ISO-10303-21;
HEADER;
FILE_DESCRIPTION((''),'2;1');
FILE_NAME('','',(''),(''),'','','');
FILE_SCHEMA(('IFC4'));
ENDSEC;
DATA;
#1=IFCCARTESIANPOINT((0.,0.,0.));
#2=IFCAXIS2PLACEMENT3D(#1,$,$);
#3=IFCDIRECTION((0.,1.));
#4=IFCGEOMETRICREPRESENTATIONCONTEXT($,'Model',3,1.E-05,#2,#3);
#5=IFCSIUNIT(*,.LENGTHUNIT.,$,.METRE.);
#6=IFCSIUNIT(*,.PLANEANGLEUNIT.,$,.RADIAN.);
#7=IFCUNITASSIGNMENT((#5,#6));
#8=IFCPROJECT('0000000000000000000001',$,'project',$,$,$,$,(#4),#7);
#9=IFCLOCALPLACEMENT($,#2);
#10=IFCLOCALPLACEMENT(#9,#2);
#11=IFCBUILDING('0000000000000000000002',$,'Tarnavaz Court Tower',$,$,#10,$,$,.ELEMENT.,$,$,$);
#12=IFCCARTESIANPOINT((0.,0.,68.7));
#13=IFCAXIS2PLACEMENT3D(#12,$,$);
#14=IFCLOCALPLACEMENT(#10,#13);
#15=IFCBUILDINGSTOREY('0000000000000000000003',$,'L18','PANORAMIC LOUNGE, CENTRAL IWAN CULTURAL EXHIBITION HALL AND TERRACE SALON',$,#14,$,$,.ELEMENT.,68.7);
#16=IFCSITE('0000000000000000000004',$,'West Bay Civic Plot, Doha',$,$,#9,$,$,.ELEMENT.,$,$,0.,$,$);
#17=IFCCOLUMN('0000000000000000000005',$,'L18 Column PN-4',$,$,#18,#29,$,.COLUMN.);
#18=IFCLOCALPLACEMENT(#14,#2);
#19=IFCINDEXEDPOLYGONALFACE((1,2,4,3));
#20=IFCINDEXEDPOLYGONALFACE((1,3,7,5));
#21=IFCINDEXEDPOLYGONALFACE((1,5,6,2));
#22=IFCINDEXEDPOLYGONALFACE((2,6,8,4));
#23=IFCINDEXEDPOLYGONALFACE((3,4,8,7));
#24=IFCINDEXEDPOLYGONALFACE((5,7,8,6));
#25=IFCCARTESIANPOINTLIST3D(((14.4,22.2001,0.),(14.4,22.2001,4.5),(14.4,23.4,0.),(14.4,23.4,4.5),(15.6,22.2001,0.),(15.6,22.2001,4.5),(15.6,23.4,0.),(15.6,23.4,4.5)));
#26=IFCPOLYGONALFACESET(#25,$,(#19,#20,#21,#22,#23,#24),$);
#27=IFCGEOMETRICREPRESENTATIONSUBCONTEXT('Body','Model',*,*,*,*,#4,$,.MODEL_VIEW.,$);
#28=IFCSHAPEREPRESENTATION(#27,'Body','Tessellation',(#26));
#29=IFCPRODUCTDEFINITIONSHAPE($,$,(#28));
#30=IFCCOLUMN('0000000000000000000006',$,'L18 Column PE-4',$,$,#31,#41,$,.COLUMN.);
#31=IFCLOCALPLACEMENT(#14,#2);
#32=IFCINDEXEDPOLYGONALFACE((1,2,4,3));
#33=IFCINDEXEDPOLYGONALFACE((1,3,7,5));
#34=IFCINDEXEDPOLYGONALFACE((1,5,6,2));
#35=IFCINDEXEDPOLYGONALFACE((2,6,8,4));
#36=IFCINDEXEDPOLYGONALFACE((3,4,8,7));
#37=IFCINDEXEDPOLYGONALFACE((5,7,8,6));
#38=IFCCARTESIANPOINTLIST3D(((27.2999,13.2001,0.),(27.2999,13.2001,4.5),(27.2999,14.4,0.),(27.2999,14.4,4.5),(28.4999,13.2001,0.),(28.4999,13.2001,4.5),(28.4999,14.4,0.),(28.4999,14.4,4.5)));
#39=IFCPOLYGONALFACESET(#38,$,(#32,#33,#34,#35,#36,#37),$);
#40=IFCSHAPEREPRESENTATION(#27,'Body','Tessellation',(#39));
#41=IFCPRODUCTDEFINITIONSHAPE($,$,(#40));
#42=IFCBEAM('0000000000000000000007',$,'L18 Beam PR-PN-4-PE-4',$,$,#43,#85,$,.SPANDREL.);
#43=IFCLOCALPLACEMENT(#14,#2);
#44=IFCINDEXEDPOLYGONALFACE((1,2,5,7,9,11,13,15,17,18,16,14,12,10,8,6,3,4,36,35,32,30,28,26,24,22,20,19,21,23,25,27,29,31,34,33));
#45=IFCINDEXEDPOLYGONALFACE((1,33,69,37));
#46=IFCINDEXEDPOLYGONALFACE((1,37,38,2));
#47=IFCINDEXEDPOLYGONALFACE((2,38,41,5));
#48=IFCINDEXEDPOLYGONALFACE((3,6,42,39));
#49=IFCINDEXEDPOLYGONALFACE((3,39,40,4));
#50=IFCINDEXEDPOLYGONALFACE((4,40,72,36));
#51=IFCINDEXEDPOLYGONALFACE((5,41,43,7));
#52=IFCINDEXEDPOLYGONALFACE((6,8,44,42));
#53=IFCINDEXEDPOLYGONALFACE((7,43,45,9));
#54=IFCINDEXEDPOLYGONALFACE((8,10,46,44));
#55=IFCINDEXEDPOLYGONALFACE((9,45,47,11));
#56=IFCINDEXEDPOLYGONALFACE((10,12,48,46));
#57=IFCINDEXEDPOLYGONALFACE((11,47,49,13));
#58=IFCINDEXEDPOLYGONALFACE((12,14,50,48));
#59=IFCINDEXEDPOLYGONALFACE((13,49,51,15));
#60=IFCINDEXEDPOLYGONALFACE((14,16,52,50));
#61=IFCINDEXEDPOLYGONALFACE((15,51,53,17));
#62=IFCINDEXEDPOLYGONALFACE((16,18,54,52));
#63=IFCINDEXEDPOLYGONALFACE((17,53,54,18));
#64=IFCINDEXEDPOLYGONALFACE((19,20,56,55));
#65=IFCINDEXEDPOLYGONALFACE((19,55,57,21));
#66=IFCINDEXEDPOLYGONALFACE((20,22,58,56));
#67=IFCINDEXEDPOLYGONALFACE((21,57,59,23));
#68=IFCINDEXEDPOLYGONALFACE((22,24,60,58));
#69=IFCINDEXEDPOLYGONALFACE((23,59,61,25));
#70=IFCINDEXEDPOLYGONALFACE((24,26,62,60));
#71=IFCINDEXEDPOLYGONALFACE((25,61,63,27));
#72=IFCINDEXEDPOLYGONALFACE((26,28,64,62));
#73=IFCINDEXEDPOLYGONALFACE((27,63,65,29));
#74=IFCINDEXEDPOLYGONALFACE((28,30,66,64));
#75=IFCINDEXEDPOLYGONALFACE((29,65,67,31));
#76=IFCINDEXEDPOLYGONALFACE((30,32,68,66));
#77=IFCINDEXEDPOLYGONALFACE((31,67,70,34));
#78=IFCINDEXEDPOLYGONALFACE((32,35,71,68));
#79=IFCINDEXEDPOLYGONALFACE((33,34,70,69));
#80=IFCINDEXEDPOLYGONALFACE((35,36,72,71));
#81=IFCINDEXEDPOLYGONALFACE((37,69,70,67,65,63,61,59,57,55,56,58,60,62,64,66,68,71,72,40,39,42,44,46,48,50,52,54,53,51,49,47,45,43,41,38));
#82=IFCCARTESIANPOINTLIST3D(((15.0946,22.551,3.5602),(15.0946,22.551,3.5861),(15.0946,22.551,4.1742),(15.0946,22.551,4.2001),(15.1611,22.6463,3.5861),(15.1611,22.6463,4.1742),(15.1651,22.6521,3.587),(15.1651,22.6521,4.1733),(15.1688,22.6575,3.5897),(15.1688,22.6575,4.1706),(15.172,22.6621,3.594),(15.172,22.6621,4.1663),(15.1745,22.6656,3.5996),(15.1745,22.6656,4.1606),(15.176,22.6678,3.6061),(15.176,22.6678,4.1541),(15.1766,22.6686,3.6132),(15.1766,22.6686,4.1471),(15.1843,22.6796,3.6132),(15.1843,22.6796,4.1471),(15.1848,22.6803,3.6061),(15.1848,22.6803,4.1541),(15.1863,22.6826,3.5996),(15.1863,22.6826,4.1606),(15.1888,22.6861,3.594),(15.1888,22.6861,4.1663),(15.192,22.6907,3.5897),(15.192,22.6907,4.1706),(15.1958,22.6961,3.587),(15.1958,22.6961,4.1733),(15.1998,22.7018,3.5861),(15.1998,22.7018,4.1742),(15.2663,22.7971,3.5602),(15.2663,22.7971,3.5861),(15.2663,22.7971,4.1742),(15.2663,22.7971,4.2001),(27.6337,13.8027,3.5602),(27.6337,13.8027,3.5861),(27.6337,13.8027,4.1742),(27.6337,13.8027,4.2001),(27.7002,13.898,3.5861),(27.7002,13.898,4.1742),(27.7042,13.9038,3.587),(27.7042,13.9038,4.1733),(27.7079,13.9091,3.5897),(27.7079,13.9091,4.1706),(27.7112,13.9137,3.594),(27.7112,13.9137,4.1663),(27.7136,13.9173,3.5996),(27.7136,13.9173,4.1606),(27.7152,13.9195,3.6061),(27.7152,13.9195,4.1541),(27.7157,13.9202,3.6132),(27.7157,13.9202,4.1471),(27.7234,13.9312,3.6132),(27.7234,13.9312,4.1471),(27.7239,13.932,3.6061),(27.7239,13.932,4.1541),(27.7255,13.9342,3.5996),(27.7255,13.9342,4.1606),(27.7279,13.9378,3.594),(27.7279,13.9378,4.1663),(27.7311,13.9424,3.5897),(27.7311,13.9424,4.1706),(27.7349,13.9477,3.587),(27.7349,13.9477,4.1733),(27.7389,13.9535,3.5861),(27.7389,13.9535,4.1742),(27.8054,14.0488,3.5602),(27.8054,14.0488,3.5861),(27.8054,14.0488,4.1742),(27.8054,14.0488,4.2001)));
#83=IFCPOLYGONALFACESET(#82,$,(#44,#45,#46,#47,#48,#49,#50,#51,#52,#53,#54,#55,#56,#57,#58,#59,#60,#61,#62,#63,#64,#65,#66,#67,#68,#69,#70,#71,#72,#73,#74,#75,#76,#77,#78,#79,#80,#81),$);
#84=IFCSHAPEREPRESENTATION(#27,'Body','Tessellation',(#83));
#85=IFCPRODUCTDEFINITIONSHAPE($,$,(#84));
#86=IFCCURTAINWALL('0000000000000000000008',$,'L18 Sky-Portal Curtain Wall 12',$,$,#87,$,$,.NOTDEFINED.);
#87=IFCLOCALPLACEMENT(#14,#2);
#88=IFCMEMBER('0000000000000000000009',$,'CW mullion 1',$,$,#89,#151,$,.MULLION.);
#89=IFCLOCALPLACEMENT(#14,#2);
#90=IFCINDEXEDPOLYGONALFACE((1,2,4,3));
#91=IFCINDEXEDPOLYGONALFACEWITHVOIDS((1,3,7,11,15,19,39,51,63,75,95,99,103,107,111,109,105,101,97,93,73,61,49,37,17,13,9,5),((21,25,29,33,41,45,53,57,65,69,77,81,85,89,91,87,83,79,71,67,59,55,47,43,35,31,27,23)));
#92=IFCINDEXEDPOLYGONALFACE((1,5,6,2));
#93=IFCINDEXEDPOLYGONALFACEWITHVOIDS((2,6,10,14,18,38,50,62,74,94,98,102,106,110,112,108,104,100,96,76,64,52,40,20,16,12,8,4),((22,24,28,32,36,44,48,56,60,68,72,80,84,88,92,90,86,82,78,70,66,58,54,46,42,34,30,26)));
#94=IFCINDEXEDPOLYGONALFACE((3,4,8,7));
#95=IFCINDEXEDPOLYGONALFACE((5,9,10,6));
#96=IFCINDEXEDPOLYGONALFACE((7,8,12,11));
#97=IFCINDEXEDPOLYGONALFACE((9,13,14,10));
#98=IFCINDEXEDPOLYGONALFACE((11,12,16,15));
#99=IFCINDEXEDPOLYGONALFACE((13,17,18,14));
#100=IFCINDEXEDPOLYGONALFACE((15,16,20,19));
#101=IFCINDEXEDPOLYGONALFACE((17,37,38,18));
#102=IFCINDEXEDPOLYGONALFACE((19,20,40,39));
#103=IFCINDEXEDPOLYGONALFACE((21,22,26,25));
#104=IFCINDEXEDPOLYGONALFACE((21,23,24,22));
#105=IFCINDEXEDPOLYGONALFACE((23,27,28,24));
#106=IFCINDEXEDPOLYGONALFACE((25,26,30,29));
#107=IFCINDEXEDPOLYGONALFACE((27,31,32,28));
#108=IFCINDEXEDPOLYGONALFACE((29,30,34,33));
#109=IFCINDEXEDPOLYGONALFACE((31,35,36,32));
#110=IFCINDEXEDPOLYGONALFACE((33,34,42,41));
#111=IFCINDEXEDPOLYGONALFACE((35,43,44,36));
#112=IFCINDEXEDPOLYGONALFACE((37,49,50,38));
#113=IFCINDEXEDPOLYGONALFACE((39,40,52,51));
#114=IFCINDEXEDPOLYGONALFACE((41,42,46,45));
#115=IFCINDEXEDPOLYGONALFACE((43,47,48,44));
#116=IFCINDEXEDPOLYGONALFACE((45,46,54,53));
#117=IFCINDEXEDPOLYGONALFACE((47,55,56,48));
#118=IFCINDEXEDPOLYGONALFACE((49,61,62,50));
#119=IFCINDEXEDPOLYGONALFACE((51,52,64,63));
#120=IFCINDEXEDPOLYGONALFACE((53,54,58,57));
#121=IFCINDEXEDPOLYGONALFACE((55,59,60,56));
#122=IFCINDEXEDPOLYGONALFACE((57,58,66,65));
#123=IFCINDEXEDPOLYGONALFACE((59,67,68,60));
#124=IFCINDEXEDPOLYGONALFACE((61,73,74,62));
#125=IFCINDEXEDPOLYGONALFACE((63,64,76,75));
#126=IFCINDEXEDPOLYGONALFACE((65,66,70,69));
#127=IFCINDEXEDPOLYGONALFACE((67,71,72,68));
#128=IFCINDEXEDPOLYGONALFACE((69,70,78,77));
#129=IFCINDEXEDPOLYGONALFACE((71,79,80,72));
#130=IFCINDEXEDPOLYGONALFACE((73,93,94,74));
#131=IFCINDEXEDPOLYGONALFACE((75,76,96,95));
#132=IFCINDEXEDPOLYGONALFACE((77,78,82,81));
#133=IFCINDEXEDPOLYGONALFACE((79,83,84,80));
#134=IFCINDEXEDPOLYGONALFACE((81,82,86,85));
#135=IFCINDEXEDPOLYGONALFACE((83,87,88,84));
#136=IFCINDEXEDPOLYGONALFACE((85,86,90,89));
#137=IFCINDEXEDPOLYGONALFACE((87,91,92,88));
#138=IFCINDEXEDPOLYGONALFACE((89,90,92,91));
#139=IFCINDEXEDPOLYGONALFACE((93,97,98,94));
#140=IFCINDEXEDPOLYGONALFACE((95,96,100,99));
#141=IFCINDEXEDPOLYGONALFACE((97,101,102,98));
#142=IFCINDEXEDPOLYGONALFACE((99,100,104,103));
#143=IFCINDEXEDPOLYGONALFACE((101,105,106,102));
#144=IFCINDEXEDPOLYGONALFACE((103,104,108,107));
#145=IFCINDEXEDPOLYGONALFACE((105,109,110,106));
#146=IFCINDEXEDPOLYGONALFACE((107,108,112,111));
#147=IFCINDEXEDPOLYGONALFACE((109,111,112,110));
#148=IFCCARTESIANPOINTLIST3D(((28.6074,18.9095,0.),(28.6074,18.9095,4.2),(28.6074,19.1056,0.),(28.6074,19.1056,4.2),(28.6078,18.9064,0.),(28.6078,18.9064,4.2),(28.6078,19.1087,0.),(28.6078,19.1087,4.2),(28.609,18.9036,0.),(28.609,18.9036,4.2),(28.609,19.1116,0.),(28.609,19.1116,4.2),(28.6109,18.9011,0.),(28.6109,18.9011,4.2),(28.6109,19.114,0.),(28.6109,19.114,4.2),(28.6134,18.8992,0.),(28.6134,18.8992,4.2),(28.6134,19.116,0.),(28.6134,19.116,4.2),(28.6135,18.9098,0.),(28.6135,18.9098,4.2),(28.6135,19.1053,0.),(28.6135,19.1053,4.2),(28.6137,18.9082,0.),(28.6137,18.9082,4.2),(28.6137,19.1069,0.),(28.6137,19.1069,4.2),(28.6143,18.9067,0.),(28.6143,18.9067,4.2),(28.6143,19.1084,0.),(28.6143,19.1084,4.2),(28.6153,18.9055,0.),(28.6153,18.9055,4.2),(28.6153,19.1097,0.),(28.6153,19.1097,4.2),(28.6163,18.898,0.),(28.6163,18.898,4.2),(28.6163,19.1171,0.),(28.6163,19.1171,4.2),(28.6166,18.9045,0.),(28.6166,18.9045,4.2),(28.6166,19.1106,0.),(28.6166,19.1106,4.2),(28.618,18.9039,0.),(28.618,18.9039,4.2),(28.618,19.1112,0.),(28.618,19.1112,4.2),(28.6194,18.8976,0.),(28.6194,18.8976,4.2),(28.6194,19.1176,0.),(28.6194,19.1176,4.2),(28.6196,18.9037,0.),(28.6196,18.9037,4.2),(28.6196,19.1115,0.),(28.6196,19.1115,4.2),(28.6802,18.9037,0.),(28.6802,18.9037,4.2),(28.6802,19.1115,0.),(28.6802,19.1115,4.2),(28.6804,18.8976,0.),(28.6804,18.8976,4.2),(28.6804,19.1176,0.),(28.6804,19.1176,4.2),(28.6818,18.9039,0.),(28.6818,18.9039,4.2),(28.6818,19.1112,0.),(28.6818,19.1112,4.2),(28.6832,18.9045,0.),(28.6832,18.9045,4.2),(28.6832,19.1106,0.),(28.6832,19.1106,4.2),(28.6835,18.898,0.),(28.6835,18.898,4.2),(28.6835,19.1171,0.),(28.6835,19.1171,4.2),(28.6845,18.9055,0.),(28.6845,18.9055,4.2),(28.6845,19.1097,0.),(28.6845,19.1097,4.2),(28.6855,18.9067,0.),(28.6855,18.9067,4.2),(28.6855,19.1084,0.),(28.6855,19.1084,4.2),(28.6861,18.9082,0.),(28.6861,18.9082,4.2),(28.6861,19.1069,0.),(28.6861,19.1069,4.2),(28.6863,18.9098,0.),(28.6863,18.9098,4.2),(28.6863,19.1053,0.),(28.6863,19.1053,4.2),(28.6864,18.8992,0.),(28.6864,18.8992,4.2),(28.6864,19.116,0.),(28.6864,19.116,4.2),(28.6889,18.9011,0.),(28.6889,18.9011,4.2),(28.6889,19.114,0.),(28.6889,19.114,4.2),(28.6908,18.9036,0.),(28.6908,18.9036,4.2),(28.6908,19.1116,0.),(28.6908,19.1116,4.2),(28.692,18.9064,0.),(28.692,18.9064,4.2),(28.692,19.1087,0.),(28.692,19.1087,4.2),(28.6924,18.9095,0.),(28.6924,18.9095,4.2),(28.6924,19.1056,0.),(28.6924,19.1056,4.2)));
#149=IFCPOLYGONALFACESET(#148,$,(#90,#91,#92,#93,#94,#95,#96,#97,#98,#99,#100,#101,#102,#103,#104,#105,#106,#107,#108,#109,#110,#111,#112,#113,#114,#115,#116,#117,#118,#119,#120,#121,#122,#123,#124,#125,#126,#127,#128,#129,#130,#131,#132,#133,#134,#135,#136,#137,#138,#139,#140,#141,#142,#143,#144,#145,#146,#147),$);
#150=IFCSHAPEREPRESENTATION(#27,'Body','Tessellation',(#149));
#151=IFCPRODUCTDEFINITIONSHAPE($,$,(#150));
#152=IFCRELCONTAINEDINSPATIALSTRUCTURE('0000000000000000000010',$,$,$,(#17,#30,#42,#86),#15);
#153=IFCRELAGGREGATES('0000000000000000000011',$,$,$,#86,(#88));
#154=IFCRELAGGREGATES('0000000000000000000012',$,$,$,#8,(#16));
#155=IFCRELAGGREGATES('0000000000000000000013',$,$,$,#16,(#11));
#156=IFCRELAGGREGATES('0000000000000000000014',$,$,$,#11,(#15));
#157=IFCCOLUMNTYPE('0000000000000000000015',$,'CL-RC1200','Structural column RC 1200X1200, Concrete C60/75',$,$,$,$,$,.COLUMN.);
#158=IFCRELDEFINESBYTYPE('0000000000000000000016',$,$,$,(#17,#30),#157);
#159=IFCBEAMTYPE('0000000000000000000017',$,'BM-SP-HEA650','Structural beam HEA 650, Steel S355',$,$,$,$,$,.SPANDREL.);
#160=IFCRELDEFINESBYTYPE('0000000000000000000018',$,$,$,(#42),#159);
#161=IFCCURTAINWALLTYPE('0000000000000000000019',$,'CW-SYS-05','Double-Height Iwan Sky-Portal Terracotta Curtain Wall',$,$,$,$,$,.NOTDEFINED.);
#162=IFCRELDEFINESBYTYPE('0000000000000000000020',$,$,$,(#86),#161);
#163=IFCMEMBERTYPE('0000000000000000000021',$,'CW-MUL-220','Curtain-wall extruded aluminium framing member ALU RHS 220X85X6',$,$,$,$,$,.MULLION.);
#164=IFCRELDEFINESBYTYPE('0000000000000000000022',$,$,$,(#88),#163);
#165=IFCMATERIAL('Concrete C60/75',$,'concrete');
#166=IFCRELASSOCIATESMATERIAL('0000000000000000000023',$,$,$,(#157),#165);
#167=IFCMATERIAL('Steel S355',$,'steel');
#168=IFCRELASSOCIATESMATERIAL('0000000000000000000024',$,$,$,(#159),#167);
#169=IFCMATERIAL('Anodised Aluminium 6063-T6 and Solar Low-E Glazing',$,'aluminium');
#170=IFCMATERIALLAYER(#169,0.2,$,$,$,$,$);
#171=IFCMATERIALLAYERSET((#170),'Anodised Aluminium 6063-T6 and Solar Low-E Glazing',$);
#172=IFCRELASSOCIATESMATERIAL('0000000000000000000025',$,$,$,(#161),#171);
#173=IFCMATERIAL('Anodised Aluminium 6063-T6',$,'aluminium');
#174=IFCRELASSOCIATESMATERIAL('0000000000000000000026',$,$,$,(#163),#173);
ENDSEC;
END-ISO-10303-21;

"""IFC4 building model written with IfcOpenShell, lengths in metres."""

from ifc_helpers import new_model, si_unit, direction, frame, origin, origin_2d, place, context, subcontext, project, spatial, rectangle, hollow_rectangle, i_section, extrude, material, layer, layer_set, material_profile, profile_set, type_object, element, aggregate, save


model = new_model("IFC4")

# Units and contexts
model_context = context("Model", 3, precision=1e-05, world=origin(), true_north=direction((0.0, 1.0)))
body_context = subcontext(model_context, "Body", "Model", "MODEL_VIEW")
ifc_project = project(units=[si_unit("LENGTHUNIT", "METRE"), si_unit("PLANEANGLEUNIT", "RADIAN")], contexts=[model_context])

# Site, building, storey
site_placement = place(None, origin())
site = spatial("IfcSite", under=ifc_project, at=site_placement, Name="West Bay Civic Plot, Doha", CompositionType="ELEMENT", RefElevation=0.0)
building_placement = place(site_placement, origin())
building = spatial("IfcBuilding", under=site, at=building_placement, Name="Tarnavaz Court Tower", CompositionType="ELEMENT")
storey_placement = place(building_placement, frame((0.0, 0.0, 68.7)))
storey = spatial("IfcBuildingStorey", under=building, at=storey_placement, Name="L18", Description="PANORAMIC LOUNGE, CENTRAL IWAN CULTURAL EXHIBITION HALL AND TERRACE SALON", CompositionType="ELEMENT", Elevation=68.7)

# Columns
ifc_material_1 = material(Name="Concrete C60/75", Category="concrete")
ifc_material_profile_1 = material_profile(ifc_material_1, rectangle(XDim=1.2, YDim=1.2, at=origin_2d()), Name="RC 1200X1200")
ifc_profile_set_1 = profile_set([ifc_material_profile_1], Name="Concrete C60/75")
column_type = type_object("IfcColumnType", Name="CL-RC1200", Description="Structural column RC 1200X1200, Concrete C60/75", PredefinedType="COLUMN", material=ifc_profile_set_1)
for number, where, z_axis, x_axis, name in (
    (1, (15.0, 22.8, 0.0), (0.0, 0.0, 1.0), (1.0, 0.0, 0.0), "L18 Column PN-4"),
    (2, (27.8999, 13.8, 0.0), (0.0, 0.0, 1.0), (1.0, 0.0, 0.0), "L18 Column PE-4"),
):
    element("IfcColumn", number, at=place(storey_placement, frame(where, z_axis=z_axis, x_axis=x_axis)), inside=storey, type_object=column_type, Name=name, PredefinedType="COLUMN", context=body_context, shape_type="SweptSolid", body=[
        extrude(rectangle(XDim=1.2, YDim=1.2, at=origin_2d()), origin(), (0.0, 0.0, 1.0), 4.5),
    ])

# Beam
ifc_material_2 = material(Name="Steel S355", Category="steel")
ifc_material_profile_2 = material_profile(ifc_material_2, i_section(OverallWidth=0.3, OverallDepth=0.6399, WebThickness=0.0134, FlangeThickness=0.0259, FilletRadius=0.0271, at=origin_2d()), Name="HEA 650")
ifc_profile_set_2 = profile_set([ifc_material_profile_2], Name="Steel S355")
beam_type = type_object("IfcBeamType", Name="BM-SP-HEA650", Description="Structural beam HEA 650, Steel S355", PredefinedType="SPANDREL", material=ifc_profile_set_2)
beam_placement = place(storey_placement, frame((15.1804, 22.6741, 3.8801), z_axis=(0.820124, -0.572186, 0.0), x_axis=(0.572186, 0.820124, 0.0)))
element("IfcBeam", 3, at=beam_placement, inside=storey, type_object=beam_type, Name="L18 Beam PR-PN-4-PE-4", PredefinedType="SPANDREL", context=body_context, shape_type="SweptSolid", body=[
    extrude(i_section(OverallWidth=0.3, OverallDepth=0.6399, WebThickness=0.0134, FlangeThickness=0.0259, FilletRadius=0.0271, at=origin_2d()), origin(), (0.0, 0.0, 1.0), 15.2893),
])

# Curtain wall, member
ifc_material_3 = material(Name="Anodised Aluminium 6063-T6 and Solar Low-E Glazing", Category="aluminium")
ifc_layer_1 = layer(ifc_material_3, 0.2)
ifc_layer_set_1 = layer_set([ifc_layer_1], Name="Anodised Aluminium 6063-T6 and Solar Low-E Glazing")
curtain_wall_type = type_object("IfcCurtainWallType", Name="CW-SYS-05", Description="Double-Height Iwan Sky-Portal Terracotta Curtain Wall", PredefinedType="NOTDEFINED", material=ifc_layer_set_1)
curtain_wall_placement = place(storey_placement, origin())
curtain_wall = element("IfcCurtainWall", 4, at=curtain_wall_placement, inside=storey, type_object=curtain_wall_type, Name="L18 Sky-Portal Curtain Wall 12", PredefinedType="NOTDEFINED")
ifc_material_4 = material(Name="Anodised Aluminium 6063-T6", Category="aluminium")
ifc_material_profile_3 = material_profile(ifc_material_4, hollow_rectangle(XDim=0.085, YDim=0.22, WallThickness=0.0061, InnerFilletRadius=0.0061, OuterFilletRadius=0.012, at=origin_2d()), Name="ALU RHS 220X85X6")
ifc_profile_set_3 = profile_set([ifc_material_profile_3], Name="Anodised Aluminium 6063-T6")
member_type_1 = type_object("IfcMemberType", Name="CW-MUL-220", Description="Curtain-wall extruded aluminium framing member ALU RHS 220X85X6", PredefinedType="MULLION", material=ifc_profile_set_3)
member_1_placement = place(storey_placement, frame((28.6499, 19.0076, 0.0), z_axis=(0.0, 0.0, 1.0), x_axis=(1.0, 0.0, 0.0)))
member_1 = element("IfcMember", 5, at=member_1_placement, type_object=member_type_1, Name="CW mullion 1", PredefinedType="MULLION", context=body_context, shape_type="SweptSolid", body=[
    extrude(hollow_rectangle(XDim=0.085, YDim=0.22, WallThickness=0.0061, InnerFilletRadius=0.0061, OuterFilletRadius=0.012, at=origin_2d()), origin(), (0.0, 0.0, 1.0), 4.2),
])
aggregate(curtain_wall, [member_1])

save(model, "model.ifc")
